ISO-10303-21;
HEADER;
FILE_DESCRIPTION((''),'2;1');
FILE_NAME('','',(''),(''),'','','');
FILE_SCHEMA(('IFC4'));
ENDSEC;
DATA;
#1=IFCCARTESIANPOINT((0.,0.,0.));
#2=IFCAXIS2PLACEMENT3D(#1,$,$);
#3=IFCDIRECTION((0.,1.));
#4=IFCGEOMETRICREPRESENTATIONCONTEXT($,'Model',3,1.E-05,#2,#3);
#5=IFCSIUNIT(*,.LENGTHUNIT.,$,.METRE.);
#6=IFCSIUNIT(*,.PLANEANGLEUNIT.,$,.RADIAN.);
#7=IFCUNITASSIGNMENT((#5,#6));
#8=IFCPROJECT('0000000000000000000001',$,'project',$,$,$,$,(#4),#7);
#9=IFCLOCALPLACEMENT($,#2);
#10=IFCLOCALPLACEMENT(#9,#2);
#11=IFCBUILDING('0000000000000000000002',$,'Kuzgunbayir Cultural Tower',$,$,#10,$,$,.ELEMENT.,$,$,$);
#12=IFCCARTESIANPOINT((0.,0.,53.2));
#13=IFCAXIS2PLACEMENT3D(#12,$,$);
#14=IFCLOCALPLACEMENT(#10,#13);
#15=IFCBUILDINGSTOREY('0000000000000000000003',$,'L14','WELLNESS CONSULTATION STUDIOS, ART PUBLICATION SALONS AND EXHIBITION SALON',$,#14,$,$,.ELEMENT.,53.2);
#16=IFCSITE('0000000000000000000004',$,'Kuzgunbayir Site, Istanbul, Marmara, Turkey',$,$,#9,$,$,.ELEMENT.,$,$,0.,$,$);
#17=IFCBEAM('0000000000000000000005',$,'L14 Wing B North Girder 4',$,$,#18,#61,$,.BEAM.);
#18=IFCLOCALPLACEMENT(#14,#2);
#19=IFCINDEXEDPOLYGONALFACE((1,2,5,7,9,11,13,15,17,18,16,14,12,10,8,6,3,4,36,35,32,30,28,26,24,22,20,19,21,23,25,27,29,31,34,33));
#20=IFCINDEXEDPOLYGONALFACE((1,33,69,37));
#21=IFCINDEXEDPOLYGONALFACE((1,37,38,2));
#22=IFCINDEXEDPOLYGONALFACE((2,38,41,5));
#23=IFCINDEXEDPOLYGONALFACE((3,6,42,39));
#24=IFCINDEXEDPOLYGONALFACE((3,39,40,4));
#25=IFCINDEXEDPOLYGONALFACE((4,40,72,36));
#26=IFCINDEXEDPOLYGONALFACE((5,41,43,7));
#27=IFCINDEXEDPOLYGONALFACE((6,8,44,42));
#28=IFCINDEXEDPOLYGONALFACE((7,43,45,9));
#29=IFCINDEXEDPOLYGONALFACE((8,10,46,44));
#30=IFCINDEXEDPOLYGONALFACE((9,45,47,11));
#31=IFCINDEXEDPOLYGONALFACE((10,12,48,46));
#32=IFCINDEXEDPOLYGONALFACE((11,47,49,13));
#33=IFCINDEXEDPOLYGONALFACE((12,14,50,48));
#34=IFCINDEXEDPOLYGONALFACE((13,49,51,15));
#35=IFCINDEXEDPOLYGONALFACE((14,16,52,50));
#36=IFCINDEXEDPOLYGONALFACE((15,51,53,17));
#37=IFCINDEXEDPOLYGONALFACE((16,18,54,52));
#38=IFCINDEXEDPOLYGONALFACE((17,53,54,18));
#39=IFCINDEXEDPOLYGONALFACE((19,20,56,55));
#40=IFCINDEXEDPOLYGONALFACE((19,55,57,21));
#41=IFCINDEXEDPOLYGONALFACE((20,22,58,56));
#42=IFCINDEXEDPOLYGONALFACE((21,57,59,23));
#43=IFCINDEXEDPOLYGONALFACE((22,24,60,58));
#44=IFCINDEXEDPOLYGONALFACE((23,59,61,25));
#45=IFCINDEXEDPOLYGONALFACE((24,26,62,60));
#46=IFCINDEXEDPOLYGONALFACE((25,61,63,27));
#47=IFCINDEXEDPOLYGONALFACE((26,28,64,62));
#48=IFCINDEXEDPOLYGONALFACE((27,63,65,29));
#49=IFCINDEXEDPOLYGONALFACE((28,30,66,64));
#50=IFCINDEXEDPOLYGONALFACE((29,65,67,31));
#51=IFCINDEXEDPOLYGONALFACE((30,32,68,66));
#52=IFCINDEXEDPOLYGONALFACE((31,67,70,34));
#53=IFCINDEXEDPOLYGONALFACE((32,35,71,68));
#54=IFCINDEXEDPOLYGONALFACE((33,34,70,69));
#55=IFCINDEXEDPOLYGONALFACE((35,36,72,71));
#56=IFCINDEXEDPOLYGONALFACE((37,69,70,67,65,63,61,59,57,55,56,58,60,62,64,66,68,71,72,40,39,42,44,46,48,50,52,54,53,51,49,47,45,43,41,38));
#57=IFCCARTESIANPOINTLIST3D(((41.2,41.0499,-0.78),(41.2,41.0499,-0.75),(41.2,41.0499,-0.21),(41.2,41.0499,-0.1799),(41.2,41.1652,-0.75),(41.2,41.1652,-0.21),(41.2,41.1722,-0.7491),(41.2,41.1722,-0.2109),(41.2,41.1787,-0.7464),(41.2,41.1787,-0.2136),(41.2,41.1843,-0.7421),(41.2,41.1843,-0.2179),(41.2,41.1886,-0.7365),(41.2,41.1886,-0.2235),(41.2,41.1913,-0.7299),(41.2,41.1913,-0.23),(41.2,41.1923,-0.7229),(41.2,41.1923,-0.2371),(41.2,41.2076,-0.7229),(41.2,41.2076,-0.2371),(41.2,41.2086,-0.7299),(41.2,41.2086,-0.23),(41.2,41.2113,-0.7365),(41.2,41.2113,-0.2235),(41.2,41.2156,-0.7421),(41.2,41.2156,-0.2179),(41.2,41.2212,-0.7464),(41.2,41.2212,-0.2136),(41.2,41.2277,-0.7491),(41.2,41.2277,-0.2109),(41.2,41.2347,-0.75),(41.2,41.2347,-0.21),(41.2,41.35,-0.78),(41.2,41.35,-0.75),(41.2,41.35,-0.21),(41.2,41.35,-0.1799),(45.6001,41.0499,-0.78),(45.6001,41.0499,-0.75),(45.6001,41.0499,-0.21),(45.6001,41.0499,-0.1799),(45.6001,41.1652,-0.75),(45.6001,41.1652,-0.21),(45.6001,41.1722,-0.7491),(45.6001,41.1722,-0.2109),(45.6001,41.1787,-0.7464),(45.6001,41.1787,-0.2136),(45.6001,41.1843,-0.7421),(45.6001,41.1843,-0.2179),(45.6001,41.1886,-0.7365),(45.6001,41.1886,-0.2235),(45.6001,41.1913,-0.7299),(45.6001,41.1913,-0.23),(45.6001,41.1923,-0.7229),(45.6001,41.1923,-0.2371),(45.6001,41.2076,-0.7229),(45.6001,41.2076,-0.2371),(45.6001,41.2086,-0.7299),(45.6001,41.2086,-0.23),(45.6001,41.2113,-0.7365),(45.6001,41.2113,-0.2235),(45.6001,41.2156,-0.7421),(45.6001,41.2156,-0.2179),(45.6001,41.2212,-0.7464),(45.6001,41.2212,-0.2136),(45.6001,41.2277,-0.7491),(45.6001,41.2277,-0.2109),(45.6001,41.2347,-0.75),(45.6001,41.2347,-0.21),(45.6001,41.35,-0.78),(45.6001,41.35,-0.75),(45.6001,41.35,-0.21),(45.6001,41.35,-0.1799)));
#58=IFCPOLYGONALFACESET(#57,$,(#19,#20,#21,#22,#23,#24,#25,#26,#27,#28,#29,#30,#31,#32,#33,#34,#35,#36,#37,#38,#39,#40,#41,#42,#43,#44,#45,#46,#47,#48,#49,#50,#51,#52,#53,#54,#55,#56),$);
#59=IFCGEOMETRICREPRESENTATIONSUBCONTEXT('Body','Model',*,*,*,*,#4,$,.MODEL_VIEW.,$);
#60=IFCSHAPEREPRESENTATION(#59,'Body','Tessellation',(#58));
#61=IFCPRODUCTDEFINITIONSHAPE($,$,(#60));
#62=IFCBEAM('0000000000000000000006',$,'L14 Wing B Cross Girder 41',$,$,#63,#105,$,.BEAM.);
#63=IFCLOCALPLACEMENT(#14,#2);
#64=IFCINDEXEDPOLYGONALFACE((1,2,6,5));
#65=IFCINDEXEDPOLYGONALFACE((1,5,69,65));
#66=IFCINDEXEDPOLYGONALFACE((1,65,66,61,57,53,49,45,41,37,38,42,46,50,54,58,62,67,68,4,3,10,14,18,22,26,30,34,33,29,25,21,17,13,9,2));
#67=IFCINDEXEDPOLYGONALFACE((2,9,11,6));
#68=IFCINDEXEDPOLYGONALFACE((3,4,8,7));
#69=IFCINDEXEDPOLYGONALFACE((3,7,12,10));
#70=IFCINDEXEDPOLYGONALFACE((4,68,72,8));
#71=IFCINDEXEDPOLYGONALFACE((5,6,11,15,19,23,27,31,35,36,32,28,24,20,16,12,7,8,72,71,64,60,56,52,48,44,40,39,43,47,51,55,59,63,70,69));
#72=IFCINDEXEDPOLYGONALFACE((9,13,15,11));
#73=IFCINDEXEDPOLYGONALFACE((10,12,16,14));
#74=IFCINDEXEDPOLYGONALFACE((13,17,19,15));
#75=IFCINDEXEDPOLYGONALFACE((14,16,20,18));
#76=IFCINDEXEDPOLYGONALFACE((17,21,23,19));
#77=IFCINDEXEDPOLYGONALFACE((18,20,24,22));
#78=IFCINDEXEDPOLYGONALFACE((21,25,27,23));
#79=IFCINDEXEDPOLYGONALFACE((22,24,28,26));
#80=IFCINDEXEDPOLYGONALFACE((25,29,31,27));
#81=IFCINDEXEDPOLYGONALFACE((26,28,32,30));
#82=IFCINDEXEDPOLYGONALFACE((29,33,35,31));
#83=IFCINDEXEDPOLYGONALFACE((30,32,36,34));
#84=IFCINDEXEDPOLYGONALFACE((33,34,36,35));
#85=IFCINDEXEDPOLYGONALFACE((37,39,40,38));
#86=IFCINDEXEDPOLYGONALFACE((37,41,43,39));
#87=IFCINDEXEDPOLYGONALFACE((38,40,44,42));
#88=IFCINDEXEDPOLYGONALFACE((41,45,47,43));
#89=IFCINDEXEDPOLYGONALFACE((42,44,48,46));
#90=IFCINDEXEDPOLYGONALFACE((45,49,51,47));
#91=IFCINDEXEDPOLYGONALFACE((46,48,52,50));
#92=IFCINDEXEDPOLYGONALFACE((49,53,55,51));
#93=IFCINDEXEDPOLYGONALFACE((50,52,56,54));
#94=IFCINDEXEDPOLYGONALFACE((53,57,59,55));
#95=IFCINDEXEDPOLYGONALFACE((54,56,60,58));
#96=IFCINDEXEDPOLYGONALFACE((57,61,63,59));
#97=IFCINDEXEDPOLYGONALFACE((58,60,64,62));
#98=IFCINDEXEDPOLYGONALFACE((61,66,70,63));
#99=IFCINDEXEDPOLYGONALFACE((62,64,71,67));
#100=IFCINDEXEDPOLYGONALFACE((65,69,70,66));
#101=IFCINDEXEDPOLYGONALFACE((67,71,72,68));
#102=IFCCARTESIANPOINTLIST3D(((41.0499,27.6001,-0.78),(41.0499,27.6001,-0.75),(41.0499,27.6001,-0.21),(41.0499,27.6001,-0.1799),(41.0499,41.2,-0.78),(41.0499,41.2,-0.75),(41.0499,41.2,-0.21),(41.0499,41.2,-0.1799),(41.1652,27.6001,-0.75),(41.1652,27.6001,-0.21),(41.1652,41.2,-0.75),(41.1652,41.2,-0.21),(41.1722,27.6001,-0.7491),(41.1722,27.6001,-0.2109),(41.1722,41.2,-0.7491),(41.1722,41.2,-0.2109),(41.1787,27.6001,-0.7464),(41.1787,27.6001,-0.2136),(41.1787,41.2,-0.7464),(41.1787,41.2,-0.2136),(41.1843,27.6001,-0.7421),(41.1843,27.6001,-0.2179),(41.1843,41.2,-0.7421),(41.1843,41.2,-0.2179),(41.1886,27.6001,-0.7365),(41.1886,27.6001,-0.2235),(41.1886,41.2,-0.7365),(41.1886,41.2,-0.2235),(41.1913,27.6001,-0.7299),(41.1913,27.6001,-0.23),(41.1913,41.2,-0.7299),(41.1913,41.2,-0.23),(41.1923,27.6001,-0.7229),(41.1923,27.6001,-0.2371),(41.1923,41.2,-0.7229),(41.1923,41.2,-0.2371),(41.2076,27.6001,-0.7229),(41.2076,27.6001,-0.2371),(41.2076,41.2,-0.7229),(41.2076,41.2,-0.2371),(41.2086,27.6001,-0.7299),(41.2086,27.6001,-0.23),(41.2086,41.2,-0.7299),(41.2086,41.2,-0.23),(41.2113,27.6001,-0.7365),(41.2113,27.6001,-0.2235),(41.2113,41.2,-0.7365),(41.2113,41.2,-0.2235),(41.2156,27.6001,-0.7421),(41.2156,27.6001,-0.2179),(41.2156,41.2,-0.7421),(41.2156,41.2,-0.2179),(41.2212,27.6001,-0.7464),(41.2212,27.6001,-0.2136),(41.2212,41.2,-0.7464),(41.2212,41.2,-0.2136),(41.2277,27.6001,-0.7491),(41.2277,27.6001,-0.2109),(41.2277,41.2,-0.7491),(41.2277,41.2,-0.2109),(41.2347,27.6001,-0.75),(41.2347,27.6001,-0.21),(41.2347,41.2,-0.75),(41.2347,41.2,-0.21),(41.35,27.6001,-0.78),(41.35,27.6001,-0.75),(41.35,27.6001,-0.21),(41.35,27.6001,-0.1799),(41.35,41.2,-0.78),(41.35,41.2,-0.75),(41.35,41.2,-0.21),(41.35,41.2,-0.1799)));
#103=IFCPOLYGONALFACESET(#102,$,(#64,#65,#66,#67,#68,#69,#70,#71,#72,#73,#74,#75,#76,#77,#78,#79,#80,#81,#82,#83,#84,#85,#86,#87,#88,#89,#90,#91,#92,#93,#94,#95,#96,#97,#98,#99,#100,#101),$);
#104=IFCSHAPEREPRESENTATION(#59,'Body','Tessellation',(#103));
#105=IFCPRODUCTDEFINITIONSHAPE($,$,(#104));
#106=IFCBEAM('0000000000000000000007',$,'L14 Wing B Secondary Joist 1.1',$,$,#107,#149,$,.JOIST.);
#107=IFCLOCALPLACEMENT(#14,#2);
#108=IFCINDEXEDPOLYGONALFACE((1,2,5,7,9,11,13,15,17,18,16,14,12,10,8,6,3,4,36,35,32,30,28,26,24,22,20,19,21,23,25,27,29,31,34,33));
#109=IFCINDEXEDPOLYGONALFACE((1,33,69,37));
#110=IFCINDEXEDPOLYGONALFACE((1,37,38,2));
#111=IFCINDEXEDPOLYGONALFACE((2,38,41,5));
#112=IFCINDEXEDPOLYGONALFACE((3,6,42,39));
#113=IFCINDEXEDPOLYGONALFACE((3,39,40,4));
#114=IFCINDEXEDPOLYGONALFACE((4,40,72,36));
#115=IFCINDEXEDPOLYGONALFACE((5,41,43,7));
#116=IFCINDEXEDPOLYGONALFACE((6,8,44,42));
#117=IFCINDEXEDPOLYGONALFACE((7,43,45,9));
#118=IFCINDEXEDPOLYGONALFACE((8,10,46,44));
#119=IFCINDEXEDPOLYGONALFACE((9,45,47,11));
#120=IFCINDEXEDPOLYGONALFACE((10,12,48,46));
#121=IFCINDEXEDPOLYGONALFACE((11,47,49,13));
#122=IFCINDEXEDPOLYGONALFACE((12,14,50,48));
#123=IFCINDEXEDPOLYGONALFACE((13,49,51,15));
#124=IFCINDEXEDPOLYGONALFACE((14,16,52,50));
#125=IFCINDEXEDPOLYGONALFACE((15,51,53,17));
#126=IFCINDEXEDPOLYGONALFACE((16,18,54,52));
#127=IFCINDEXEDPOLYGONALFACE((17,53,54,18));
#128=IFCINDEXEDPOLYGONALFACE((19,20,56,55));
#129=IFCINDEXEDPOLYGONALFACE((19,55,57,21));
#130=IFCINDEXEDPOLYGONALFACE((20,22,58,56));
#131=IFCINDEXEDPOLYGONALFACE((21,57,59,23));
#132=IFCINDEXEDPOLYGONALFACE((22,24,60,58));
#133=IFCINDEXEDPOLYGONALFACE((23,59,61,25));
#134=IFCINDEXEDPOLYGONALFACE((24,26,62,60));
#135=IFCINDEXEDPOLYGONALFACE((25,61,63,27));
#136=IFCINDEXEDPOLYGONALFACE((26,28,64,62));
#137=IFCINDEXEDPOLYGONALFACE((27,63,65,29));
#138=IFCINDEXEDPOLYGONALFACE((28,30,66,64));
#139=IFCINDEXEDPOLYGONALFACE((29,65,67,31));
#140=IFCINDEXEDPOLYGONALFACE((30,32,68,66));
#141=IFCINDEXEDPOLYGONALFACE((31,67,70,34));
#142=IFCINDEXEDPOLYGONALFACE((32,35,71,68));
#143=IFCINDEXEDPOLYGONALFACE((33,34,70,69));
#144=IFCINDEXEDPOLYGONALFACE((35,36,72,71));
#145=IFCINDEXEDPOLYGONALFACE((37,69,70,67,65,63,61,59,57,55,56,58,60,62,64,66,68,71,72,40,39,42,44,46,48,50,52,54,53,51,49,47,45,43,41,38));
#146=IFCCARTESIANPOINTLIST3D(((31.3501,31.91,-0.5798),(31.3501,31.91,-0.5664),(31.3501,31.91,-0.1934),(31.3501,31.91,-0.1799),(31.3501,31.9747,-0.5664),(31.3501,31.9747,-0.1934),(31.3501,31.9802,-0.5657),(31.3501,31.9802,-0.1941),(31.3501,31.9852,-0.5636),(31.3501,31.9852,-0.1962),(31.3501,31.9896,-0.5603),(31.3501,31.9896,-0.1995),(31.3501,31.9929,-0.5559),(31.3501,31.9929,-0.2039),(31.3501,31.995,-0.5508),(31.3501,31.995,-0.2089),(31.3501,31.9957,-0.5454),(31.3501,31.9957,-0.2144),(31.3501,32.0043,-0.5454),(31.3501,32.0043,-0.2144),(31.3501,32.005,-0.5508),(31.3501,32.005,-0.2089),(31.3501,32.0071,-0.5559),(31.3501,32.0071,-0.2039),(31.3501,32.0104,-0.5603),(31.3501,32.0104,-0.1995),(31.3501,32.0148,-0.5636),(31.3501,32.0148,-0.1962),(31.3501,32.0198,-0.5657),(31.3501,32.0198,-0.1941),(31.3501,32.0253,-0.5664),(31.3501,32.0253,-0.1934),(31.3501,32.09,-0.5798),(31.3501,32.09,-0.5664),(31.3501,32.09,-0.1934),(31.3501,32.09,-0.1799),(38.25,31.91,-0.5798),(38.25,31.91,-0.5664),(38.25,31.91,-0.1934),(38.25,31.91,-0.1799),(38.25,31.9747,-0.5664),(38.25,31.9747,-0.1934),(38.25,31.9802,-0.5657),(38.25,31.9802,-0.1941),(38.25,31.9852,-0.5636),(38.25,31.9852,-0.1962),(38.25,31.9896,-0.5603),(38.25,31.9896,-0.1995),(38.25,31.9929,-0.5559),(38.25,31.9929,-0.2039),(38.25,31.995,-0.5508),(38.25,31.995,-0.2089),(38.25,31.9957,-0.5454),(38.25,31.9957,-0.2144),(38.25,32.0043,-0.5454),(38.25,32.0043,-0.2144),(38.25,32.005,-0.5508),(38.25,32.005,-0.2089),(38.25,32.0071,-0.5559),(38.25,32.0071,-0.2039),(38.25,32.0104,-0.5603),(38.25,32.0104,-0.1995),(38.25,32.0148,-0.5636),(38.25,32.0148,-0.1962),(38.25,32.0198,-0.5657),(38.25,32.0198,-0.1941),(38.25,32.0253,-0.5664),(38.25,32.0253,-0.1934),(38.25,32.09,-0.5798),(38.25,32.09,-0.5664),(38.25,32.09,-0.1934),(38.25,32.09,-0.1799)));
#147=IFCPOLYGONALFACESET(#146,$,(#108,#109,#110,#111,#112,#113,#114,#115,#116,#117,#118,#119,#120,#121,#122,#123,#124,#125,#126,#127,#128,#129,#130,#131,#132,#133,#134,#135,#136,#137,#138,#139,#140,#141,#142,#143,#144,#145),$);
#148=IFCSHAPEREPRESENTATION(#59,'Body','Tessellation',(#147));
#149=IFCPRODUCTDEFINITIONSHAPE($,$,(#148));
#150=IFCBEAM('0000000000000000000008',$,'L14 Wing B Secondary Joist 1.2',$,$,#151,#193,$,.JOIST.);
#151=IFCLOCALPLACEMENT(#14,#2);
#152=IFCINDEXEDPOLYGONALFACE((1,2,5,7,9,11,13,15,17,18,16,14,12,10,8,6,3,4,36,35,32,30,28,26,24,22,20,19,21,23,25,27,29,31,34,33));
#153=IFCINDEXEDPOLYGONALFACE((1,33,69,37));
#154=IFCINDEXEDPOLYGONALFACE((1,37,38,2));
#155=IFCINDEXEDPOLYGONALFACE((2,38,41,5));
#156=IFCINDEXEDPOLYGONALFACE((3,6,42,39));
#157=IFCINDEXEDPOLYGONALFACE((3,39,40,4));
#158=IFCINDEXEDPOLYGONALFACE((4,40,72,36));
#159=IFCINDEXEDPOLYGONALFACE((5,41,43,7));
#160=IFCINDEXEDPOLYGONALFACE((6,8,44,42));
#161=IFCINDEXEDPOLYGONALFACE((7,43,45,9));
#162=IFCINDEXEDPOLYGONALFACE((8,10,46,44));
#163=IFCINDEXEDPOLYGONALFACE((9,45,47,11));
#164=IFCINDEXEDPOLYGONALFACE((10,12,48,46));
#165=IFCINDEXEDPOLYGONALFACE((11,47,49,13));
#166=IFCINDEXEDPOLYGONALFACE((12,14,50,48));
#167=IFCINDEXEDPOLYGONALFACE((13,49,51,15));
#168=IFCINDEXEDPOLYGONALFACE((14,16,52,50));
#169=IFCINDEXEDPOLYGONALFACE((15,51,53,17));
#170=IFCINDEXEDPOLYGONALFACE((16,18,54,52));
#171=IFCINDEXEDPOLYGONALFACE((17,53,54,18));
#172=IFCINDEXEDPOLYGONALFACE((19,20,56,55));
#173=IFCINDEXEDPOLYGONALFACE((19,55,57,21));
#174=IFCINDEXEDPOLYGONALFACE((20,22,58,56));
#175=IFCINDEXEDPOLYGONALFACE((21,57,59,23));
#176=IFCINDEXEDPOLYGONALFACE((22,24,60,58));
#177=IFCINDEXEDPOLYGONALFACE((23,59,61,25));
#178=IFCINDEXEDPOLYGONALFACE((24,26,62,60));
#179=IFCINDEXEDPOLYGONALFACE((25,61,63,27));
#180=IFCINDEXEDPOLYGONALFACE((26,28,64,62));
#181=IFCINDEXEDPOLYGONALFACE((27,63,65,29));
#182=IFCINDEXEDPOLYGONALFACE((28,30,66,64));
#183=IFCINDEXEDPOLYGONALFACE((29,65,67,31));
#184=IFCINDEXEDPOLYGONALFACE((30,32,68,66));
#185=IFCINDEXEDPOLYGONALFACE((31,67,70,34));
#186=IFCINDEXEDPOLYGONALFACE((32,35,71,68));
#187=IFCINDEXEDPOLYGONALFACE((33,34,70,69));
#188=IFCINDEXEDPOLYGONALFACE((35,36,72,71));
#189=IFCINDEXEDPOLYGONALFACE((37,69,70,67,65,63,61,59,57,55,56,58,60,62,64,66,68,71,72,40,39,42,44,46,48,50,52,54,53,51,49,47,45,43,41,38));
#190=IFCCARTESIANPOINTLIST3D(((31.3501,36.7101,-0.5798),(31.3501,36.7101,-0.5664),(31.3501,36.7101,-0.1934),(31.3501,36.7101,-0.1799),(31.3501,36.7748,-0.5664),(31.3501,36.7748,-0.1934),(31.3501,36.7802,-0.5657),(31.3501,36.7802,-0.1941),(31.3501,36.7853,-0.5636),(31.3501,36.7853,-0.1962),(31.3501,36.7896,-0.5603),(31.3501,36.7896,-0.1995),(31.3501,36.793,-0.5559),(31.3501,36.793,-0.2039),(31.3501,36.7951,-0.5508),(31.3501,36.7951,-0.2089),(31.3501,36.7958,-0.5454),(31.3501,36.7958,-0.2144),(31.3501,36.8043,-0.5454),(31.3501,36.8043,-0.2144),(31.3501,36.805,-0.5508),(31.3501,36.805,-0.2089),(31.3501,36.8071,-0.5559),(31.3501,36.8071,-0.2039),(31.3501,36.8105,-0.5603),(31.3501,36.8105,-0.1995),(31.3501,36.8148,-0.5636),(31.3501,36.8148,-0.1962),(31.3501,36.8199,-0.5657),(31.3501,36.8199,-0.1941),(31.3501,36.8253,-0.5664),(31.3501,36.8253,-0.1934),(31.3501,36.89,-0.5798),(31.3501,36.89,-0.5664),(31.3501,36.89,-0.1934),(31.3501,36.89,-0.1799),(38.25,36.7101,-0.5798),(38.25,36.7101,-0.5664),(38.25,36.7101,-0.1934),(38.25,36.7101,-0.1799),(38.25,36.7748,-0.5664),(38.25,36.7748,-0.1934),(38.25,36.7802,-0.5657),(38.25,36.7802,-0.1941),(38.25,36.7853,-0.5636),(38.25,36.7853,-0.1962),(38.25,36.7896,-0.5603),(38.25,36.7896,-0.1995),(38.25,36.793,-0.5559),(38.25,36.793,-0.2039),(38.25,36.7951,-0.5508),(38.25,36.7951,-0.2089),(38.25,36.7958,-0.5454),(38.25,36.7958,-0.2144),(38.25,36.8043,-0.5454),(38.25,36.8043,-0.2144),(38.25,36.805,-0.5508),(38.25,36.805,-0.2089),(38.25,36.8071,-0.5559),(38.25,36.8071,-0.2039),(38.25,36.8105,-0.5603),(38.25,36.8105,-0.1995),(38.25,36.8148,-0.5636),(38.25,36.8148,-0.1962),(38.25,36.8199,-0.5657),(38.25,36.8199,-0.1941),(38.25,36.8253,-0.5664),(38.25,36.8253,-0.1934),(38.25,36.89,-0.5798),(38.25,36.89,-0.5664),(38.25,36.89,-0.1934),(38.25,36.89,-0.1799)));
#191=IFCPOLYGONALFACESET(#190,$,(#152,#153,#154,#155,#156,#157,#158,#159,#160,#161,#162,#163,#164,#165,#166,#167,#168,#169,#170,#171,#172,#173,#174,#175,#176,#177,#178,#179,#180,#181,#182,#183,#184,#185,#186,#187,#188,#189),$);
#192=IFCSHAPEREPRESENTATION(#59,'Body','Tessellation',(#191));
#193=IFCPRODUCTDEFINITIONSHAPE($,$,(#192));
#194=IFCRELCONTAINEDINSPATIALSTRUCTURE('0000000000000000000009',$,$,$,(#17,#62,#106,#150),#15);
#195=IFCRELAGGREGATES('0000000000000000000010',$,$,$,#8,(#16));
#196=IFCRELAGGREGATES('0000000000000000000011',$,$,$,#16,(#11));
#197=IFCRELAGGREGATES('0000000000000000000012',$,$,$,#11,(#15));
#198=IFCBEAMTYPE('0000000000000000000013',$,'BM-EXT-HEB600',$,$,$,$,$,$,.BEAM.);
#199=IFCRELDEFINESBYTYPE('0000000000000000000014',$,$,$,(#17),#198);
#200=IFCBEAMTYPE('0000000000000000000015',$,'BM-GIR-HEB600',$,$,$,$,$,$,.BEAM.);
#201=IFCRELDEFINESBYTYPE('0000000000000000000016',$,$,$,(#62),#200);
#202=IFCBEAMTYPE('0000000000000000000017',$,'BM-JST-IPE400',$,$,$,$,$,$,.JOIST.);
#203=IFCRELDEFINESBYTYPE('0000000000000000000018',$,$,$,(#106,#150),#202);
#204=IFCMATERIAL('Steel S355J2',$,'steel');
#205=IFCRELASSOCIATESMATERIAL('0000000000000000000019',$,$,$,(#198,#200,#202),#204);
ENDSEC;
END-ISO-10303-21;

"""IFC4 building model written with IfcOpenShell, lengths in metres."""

from ifc_helpers import new_model, si_unit, direction, frame, origin, origin_2d, place, context, subcontext, project, spatial, i_section, extrude, material, material_profile, profile_set, type_object, element, save


model = new_model("IFC4")

# Units and contexts
model_context = context("Model", 3, precision=1e-05, world=origin(), true_north=direction((0.0, 1.0)))
body_context = subcontext(model_context, "Body", "Model", "MODEL_VIEW")
ifc_project = project(units=[si_unit("LENGTHUNIT", "METRE"), si_unit("PLANEANGLEUNIT", "RADIAN")], contexts=[model_context])

# Site, building, storey
site_placement = place(None, origin())
site = spatial("IfcSite", under=ifc_project, at=site_placement, Name="Kuzgunbayir Site, Istanbul, Marmara, Turkey", CompositionType="ELEMENT", RefElevation=0.0)
building_placement = place(site_placement, origin())
building = spatial("IfcBuilding", under=site, at=building_placement, Name="Kuzgunbayir Cultural Tower", CompositionType="ELEMENT")
storey_placement = place(building_placement, frame((0.0, 0.0, 53.2)))
storey = spatial("IfcBuildingStorey", under=building, at=storey_placement, Name="L14", Description="WELLNESS CONSULTATION STUDIOS, ART PUBLICATION SALONS AND EXHIBITION SALON", CompositionType="ELEMENT", Elevation=53.2)

# Beams
ifc_material_1 = material(Name="Steel S355J2", Category="steel")
ifc_material_profile_1 = material_profile(ifc_material_1, i_section(OverallWidth=0.3, OverallDepth=0.6001, WebThickness=0.0154, FlangeThickness=0.03, FilletRadius=0.0271, at=origin_2d()), Name="HEB 600")
ifc_profile_set_1 = profile_set([ifc_material_profile_1], Name="Steel S355J2")
beam_type_1 = type_object("IfcBeamType", Name="BM-EXT-HEB600", PredefinedType="BEAM", material=ifc_profile_set_1)
for number, where, z_axis, x_axis, name in (
    (1, (41.2, 41.2, -0.48), (1.0, 0.0, 0.0), (0.0, 1.0, 0.0), "L14 Wing B North Girder 4"),
):
    element("IfcBeam", number, at=place(storey_placement, frame(where, z_axis=z_axis, x_axis=x_axis)), inside=storey, type_object=beam_type_1, Name=name, PredefinedType="BEAM", context=body_context, shape_type="SweptSolid", body=[
        extrude(i_section(OverallWidth=0.3, OverallDepth=0.6001, WebThickness=0.0154, FlangeThickness=0.03, FilletRadius=0.0271, at=origin_2d()), origin(), (0.0, 0.0, 1.0), 4.4001),
    ])
ifc_material_profile_2 = material_profile(ifc_material_1, i_section(OverallWidth=0.3, OverallDepth=0.6001, WebThickness=0.0154, FlangeThickness=0.03, FilletRadius=0.0271, at=origin_2d()), Name="HEB 600")
ifc_profile_set_2 = profile_set([ifc_material_profile_2], Name="Steel S355J2")
beam_type_2 = type_object("IfcBeamType", Name="BM-GIR-HEB600", PredefinedType="BEAM", material=ifc_profile_set_2)
beam_1_placement = place(storey_placement, frame((41.2, 27.6001, -0.48), z_axis=(0.0, 1.0, 0.0), x_axis=(-1.0, 0.0, 0.0)))
element("IfcBeam", 2, at=beam_1_placement, inside=storey, type_object=beam_type_2, Name="L14 Wing B Cross Girder 41", PredefinedType="BEAM", context=body_context, shape_type="SweptSolid", body=[
    extrude(i_section(OverallWidth=0.3, OverallDepth=0.6001, WebThickness=0.0154, FlangeThickness=0.03, FilletRadius=0.0271, at=origin_2d()), origin(), (0.0, 0.0, 1.0), 13.5999),
])
ifc_material_profile_3 = material_profile(ifc_material_1, i_section(OverallWidth=0.1799, OverallDepth=0.3999, WebThickness=0.0085, FlangeThickness=0.0134, FilletRadius=0.021, at=origin_2d()), Name="IPE 400")
ifc_profile_set_3 = profile_set([ifc_material_profile_3], Name="Steel S355J2")
beam_type_3 = type_object("IfcBeamType", Name="BM-JST-IPE400", PredefinedType="JOIST", material=ifc_profile_set_3)
for number, where, z_axis, x_axis, name in (
    (3, (31.3501, 32.0, -0.3799), (1.0, 0.0, 0.0), (0.0, 1.0, 0.0), "L14 Wing B Secondary Joist 1.1"),
    (4, (31.3501, 36.8, -0.3799), (1.0, 0.0, 0.0), (0.0, 1.0, 0.0), "L14 Wing B Secondary Joist 1.2"),
):
    element("IfcBeam", number, at=place(storey_placement, frame(where, z_axis=z_axis, x_axis=x_axis)), inside=storey, type_object=beam_type_3, Name=name, PredefinedType="JOIST", context=body_context, shape_type="SweptSolid", body=[
        extrude(i_section(OverallWidth=0.1799, OverallDepth=0.3999, WebThickness=0.0085, FlangeThickness=0.0134, FilletRadius=0.021, at=origin_2d()), origin(), (0.0, 0.0, 1.0), 6.8999),
    ])

save(model, "model.ifc")
